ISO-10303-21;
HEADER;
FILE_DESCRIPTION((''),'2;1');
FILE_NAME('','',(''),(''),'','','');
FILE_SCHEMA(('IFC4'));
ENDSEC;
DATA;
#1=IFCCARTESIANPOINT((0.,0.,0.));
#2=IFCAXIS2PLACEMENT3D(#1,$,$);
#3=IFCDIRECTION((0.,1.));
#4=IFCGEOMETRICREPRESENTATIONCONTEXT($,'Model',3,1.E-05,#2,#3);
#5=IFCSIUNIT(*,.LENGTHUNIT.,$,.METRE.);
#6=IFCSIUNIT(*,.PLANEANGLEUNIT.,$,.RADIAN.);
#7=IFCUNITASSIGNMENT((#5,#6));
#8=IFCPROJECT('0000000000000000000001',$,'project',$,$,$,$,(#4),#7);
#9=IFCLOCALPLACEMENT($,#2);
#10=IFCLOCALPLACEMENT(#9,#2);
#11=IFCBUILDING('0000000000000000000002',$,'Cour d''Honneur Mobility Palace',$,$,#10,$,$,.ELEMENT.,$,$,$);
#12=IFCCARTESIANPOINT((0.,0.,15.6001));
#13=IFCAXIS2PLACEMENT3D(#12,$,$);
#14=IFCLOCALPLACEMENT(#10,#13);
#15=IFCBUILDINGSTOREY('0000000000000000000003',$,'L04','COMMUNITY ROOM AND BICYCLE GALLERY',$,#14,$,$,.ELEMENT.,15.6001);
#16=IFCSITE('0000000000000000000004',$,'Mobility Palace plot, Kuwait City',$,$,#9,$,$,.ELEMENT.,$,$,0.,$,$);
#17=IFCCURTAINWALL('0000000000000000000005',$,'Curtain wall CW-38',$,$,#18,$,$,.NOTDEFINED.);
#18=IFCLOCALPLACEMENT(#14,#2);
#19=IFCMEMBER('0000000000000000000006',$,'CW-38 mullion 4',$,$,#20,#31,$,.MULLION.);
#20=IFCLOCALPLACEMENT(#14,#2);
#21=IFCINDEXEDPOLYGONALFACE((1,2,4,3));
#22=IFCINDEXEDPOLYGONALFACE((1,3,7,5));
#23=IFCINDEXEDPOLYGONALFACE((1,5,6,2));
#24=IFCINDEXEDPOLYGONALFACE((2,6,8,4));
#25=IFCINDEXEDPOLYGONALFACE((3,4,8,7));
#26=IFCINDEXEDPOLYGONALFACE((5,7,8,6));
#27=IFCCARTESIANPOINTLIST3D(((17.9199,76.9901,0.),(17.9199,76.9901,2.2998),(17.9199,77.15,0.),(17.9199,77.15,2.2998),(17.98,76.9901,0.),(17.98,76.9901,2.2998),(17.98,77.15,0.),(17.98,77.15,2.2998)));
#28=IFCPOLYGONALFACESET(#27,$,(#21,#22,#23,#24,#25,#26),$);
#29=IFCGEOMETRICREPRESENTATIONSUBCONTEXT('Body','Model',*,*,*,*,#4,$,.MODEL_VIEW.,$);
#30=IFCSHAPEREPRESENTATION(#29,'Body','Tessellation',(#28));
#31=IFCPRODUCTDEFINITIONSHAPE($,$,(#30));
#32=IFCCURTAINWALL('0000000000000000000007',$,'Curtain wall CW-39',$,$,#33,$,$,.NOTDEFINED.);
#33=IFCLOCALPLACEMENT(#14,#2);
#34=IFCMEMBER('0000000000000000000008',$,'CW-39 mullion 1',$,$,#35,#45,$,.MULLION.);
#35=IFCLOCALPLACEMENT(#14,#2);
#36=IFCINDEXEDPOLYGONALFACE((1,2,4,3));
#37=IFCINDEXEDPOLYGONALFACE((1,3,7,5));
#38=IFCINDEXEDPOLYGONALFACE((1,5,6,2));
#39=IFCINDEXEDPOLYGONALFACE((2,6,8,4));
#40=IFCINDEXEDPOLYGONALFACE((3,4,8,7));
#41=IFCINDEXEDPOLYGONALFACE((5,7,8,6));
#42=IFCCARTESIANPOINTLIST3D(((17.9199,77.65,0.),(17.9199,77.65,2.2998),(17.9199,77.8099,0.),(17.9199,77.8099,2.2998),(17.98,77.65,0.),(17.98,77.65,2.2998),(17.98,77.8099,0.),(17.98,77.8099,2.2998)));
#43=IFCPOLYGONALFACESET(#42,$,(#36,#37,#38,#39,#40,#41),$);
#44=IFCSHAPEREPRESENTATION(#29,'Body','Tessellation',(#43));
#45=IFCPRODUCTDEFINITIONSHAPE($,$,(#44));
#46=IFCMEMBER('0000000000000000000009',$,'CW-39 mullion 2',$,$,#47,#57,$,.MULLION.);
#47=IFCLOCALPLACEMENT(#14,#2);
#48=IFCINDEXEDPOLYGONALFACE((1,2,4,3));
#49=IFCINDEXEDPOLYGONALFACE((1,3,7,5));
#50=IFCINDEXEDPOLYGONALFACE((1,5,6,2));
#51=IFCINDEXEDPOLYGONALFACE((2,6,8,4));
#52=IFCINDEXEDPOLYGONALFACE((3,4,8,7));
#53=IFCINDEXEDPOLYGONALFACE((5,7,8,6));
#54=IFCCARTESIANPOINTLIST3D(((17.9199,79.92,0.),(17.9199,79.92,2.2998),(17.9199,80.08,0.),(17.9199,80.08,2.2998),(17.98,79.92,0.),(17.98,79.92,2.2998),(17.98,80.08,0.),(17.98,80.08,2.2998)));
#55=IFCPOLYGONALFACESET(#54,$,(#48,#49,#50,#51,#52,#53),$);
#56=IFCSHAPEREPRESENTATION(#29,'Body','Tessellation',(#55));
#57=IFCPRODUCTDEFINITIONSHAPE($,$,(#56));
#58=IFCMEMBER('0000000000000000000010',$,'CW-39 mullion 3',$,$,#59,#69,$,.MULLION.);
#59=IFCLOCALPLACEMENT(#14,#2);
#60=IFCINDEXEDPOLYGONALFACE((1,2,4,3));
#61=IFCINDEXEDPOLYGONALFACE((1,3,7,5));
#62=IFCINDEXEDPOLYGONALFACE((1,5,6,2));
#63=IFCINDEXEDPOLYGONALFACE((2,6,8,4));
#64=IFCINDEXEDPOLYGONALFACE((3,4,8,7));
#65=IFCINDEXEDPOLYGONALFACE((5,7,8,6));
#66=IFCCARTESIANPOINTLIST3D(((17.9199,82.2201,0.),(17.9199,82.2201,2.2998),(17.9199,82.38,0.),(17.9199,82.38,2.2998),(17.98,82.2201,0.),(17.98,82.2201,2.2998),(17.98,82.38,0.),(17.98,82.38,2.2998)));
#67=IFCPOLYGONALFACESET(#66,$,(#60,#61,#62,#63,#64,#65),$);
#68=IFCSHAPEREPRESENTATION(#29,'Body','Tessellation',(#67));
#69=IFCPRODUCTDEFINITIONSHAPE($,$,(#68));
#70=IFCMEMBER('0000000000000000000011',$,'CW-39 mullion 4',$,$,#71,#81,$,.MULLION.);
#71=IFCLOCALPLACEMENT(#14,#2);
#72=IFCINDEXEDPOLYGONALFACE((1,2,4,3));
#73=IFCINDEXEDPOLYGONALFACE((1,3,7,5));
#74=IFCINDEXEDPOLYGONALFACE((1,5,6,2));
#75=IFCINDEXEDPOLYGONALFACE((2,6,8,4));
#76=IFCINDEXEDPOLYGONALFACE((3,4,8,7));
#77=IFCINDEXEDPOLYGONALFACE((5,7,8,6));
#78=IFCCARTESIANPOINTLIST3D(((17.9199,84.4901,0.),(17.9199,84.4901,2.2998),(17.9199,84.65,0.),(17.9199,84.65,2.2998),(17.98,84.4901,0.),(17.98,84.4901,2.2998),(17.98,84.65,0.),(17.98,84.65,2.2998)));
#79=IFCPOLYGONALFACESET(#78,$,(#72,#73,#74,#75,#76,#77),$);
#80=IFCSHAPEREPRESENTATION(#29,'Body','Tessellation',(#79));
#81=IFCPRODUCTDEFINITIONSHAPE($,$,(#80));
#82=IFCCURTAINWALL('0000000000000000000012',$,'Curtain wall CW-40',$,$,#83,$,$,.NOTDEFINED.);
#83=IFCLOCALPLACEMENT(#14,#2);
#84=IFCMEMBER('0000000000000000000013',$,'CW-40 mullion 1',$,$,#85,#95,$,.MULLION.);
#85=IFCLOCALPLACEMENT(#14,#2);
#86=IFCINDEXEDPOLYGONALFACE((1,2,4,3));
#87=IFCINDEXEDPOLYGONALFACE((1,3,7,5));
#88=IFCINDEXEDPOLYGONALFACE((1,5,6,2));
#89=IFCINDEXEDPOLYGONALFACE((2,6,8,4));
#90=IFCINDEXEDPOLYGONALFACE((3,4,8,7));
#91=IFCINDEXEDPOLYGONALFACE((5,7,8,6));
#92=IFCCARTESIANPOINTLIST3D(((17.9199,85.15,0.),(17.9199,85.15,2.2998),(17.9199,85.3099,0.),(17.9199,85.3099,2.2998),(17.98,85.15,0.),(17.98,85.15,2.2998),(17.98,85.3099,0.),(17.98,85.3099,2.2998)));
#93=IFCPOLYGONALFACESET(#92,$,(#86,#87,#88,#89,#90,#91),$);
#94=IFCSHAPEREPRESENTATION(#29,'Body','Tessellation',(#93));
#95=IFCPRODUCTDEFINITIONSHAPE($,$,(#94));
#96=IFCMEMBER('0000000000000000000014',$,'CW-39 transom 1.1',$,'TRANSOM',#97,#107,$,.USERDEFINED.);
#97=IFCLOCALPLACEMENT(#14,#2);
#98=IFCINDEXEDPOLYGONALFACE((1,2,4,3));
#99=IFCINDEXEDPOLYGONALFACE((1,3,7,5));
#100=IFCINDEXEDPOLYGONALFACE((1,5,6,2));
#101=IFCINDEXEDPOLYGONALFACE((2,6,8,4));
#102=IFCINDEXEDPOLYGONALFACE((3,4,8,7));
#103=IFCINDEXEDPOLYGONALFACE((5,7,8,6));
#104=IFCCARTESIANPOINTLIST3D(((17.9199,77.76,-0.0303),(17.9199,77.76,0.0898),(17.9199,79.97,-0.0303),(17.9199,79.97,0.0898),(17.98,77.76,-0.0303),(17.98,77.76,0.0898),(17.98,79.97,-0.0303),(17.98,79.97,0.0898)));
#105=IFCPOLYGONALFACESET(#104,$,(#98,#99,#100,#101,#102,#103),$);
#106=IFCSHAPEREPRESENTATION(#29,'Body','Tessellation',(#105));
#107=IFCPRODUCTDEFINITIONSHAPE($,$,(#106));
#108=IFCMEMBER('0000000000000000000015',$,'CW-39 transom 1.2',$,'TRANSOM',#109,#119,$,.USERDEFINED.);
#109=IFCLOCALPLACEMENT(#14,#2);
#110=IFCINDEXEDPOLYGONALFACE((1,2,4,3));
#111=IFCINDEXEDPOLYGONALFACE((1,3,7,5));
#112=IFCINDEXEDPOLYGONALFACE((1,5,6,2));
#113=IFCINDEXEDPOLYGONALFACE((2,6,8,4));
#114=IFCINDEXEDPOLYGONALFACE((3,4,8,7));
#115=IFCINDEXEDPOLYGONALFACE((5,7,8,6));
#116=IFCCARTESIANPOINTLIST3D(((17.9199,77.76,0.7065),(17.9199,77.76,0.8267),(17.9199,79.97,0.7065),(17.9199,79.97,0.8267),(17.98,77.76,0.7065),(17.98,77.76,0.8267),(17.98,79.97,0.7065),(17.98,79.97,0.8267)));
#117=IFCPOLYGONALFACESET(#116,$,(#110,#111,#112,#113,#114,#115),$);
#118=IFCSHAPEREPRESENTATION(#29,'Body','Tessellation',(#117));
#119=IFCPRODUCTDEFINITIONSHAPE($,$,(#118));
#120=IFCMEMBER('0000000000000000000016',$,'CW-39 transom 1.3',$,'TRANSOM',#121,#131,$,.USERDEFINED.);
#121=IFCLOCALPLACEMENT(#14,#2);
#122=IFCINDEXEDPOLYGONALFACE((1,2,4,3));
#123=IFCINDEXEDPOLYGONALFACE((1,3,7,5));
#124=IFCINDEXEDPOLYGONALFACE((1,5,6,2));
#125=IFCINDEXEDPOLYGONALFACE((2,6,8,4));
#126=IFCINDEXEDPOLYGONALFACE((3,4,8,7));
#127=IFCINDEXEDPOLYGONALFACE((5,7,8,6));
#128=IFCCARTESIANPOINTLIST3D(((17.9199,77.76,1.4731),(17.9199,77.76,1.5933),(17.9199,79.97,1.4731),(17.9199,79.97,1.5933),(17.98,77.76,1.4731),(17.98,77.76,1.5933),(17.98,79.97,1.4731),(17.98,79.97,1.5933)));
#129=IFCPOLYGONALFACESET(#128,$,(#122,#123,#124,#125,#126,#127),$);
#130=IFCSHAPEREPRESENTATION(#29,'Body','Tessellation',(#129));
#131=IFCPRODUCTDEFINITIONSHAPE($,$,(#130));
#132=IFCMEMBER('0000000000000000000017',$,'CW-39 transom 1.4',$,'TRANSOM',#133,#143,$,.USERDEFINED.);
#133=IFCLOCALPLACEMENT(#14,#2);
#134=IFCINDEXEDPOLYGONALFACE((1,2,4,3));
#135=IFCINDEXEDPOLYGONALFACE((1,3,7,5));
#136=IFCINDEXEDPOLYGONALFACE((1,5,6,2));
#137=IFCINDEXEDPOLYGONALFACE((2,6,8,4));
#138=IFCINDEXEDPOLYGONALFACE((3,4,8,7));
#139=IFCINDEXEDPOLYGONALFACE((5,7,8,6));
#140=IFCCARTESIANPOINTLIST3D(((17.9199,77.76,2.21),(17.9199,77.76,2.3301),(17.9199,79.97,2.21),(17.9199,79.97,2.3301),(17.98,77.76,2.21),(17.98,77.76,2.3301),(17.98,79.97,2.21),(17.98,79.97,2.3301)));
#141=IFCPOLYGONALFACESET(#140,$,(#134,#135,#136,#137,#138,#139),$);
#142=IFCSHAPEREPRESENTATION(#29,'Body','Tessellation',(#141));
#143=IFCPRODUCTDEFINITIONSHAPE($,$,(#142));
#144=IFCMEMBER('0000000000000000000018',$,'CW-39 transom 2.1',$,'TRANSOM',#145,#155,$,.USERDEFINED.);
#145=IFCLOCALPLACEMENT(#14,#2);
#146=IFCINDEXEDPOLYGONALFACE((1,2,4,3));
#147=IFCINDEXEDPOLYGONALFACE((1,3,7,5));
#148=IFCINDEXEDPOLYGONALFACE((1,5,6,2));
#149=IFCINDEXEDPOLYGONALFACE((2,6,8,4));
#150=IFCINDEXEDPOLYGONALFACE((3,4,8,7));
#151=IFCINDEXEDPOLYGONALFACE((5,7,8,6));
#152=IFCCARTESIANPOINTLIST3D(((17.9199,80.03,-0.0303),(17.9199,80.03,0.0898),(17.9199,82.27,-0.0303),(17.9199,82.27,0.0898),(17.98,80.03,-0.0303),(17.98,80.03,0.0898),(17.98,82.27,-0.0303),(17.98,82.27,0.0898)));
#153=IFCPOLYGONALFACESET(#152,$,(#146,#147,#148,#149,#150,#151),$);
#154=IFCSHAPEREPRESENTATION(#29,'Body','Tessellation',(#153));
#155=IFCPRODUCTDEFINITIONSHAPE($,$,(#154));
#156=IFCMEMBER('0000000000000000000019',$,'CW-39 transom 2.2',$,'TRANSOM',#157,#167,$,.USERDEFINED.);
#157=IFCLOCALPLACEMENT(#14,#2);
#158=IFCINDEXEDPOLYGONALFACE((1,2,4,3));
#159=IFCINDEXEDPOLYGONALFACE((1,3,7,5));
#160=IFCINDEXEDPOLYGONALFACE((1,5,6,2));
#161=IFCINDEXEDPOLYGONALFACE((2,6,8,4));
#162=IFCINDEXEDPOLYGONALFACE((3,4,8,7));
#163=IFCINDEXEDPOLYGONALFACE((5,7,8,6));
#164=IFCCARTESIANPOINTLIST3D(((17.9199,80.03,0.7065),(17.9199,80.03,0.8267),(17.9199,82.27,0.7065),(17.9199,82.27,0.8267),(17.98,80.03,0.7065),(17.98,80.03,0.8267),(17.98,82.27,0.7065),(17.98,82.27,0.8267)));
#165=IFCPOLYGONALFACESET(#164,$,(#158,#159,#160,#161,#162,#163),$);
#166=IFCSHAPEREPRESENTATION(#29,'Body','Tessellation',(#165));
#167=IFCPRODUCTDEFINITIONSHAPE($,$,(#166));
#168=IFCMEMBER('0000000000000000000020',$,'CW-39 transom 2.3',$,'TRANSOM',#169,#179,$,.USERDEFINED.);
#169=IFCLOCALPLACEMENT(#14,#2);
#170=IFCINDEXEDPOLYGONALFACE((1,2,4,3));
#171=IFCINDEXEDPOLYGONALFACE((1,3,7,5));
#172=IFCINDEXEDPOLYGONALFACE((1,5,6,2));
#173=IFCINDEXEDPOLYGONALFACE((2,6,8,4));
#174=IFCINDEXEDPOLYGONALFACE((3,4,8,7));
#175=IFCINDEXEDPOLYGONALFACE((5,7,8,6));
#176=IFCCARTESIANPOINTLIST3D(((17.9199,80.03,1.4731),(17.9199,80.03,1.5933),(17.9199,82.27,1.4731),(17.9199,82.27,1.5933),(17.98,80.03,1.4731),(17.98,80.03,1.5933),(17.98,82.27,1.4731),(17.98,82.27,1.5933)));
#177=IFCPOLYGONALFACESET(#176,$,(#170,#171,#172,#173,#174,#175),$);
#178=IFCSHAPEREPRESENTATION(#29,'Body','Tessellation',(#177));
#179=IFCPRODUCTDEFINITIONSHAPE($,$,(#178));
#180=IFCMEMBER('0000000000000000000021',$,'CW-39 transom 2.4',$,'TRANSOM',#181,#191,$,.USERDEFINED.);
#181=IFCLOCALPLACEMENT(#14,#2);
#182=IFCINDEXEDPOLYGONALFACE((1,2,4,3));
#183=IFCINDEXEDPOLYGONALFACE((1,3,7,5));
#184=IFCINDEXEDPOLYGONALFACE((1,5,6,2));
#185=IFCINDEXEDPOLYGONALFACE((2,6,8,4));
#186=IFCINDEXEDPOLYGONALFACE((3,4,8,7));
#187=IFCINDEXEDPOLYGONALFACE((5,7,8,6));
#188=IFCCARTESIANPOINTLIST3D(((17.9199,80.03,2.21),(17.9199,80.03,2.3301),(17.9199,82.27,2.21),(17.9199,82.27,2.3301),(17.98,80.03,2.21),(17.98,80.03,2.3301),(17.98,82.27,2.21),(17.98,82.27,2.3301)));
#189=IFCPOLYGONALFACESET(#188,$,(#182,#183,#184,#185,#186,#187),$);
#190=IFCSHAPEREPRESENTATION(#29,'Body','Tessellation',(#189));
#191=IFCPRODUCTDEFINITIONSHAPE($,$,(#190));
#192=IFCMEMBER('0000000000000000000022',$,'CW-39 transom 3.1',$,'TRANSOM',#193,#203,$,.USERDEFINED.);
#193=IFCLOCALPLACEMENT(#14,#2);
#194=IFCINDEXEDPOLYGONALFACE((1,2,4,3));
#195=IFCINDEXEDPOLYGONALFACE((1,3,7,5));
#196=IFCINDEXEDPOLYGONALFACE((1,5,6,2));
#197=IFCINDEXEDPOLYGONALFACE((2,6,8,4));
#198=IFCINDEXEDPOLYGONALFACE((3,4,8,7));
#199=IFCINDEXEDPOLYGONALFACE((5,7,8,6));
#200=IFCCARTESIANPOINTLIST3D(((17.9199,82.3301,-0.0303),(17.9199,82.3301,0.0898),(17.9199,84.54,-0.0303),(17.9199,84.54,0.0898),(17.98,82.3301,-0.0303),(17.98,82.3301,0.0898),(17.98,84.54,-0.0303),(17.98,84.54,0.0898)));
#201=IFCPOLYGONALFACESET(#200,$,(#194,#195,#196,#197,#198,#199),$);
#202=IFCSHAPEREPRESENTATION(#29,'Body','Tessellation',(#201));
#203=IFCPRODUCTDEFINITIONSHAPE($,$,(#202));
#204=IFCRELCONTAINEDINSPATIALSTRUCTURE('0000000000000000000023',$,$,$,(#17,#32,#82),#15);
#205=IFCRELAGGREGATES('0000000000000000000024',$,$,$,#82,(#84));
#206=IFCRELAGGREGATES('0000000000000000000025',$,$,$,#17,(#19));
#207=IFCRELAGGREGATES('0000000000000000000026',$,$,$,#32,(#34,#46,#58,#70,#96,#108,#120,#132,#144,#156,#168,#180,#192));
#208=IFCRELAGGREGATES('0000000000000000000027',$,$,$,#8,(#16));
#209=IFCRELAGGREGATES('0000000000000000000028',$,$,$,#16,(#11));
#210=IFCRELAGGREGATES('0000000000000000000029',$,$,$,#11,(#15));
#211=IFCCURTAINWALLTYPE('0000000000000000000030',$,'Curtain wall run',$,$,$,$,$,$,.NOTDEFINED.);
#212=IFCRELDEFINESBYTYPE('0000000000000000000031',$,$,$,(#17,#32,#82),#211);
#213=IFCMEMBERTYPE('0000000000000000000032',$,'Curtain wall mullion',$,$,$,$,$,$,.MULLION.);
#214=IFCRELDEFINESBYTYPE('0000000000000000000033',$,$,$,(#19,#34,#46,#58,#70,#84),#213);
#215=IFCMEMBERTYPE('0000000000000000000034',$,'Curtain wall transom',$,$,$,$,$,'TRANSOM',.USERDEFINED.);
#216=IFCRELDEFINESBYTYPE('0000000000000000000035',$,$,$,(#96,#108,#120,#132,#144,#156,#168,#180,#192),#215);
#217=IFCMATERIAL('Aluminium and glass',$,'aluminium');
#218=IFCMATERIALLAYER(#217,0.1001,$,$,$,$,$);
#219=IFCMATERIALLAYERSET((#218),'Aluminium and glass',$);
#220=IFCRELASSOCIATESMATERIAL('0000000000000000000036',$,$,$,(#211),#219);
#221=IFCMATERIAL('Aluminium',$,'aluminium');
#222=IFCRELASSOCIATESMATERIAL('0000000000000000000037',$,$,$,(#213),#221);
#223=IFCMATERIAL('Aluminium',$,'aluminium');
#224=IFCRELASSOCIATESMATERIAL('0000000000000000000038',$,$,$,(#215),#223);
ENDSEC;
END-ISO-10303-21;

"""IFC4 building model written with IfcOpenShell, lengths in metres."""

from ifc_helpers import new_model, si_unit, direction, frame, origin, origin_2d, place, context, subcontext, project, spatial, rectangle, extrude, material, layer, layer_set, material_profile, profile_set, type_object, element, aggregate, save


model = new_model("IFC4")

# Units and contexts
model_context = context("Model", 3, precision=1e-05, world=origin(), true_north=direction((0.0, 1.0)))
body_context = subcontext(model_context, "Body", "Model", "MODEL_VIEW")
ifc_project = project(units=[si_unit("LENGTHUNIT", "METRE"), si_unit("PLANEANGLEUNIT", "RADIAN")], contexts=[model_context])

# Site, building, storey
site_placement = place(None, origin())
site = spatial("IfcSite", under=ifc_project, at=site_placement, Name="Mobility Palace plot, Kuwait City", CompositionType="ELEMENT", RefElevation=0.0)
building_placement = place(site_placement, origin())
building = spatial("IfcBuilding", under=site, at=building_placement, Name="Cour d'Honneur Mobility Palace", CompositionType="ELEMENT")
storey_placement = place(building_placement, frame((0.0, 0.0, 15.6001)))
storey = spatial("IfcBuildingStorey", under=building, at=storey_placement, Name="L04", Description="COMMUNITY ROOM AND BICYCLE GALLERY", CompositionType="ELEMENT", Elevation=15.6001)

# Curtain wall, member
ifc_material_1 = material(Name="Aluminium and glass", Category="aluminium")
ifc_layer_1 = layer(ifc_material_1, 0.1001)
ifc_layer_set_1 = layer_set([ifc_layer_1], Name="Aluminium and glass")
curtain_wall_type = type_object("IfcCurtainWallType", Name="Curtain wall run", PredefinedType="NOTDEFINED", material=ifc_layer_set_1)
curtain_wall_1_placement = place(storey_placement, origin())
curtain_wall_1 = element("IfcCurtainWall", 1, at=curtain_wall_1_placement, inside=storey, type_object=curtain_wall_type, Name="Curtain wall CW-38", PredefinedType="NOTDEFINED")
ifc_material_2 = material(Name="Aluminium", Category="aluminium")
ifc_material_profile_1 = material_profile(ifc_material_2, rectangle(XDim=0.0601, YDim=0.1599, at=origin_2d()), Name="Curtain wall mullion")
ifc_profile_set_1 = profile_set([ifc_material_profile_1], Name="Aluminium")
member_type_1 = type_object("IfcMemberType", Name="Curtain wall mullion", PredefinedType="MULLION", material=ifc_profile_set_1)
member_1_placement = place(storey_placement, frame((17.95, 77.0701, 0.0), z_axis=(0.0, 0.0, 1.0), x_axis=(-1.0, 0.0, 0.0)))
member_1 = element("IfcMember", 2, at=member_1_placement, type_object=member_type_1, Name="CW-38 mullion 4", PredefinedType="MULLION", context=body_context, shape_type="SweptSolid", body=[
    extrude(rectangle(XDim=0.0601, YDim=0.1599, at=origin_2d()), origin(), (0.0, 0.0, 1.0), 2.2998),
])

# Curtain wall, members
curtain_wall_2_placement = place(storey_placement, origin())
curtain_wall_2 = element("IfcCurtainWall", 3, at=curtain_wall_2_placement, inside=storey, type_object=curtain_wall_type, Name="Curtain wall CW-39", PredefinedType="NOTDEFINED")
member_2_placement = place(storey_placement, frame((17.95, 77.73, 0.0), z_axis=(0.0, 0.0, 1.0), x_axis=(-1.0, 0.0, 0.0)))
member_2 = element("IfcMember", 4, at=member_2_placement, type_object=member_type_1, Name="CW-39 mullion 1", PredefinedType="MULLION", context=body_context, shape_type="SweptSolid", body=[
    extrude(rectangle(XDim=0.0601, YDim=0.1599, at=origin_2d()), origin(), (0.0, 0.0, 1.0), 2.2998),
])
member_3_placement = place(storey_placement, frame((17.95, 80.0, 0.0), z_axis=(0.0, 0.0, 1.0), x_axis=(-1.0, 0.0, 0.0)))
member_3 = element("IfcMember", 5, at=member_3_placement, type_object=member_type_1, Name="CW-39 mullion 2", PredefinedType="MULLION", context=body_context, shape_type="SweptSolid", body=[
    extrude(rectangle(XDim=0.0601, YDim=0.1599, at=origin_2d()), origin(), (0.0, 0.0, 1.0), 2.2998),
])
member_4_placement = place(storey_placement, frame((17.95, 82.3, 0.0), z_axis=(0.0, 0.0, 1.0), x_axis=(-1.0, 0.0, 0.0)))
member_4 = element("IfcMember", 6, at=member_4_placement, type_object=member_type_1, Name="CW-39 mullion 3", PredefinedType="MULLION", context=body_context, shape_type="SweptSolid", body=[
    extrude(rectangle(XDim=0.0601, YDim=0.1599, at=origin_2d()), origin(), (0.0, 0.0, 1.0), 2.2998),
])
member_5_placement = place(storey_placement, frame((17.95, 84.5701, 0.0), z_axis=(0.0, 0.0, 1.0), x_axis=(-1.0, 0.0, 0.0)))
member_5 = element("IfcMember", 7, at=member_5_placement, type_object=member_type_1, Name="CW-39 mullion 4", PredefinedType="MULLION", context=body_context, shape_type="SweptSolid", body=[
    extrude(rectangle(XDim=0.0601, YDim=0.1599, at=origin_2d()), origin(), (0.0, 0.0, 1.0), 2.2998),
])

# Curtain wall, member
curtain_wall_3_placement = place(storey_placement, origin())
curtain_wall_3 = element("IfcCurtainWall", 8, at=curtain_wall_3_placement, inside=storey, type_object=curtain_wall_type, Name="Curtain wall CW-40", PredefinedType="NOTDEFINED")
member_6_placement = place(storey_placement, frame((17.95, 85.23, 0.0), z_axis=(0.0, 0.0, 1.0), x_axis=(-1.0, 0.0, 0.0)))
member_6 = element("IfcMember", 9, at=member_6_placement, type_object=member_type_1, Name="CW-40 mullion 1", PredefinedType="MULLION", context=body_context, shape_type="SweptSolid", body=[
    extrude(rectangle(XDim=0.0601, YDim=0.1599, at=origin_2d()), origin(), (0.0, 0.0, 1.0), 2.2998),
])

# Members
ifc_material_3 = material(Name="Aluminium", Category="aluminium")
ifc_material_profile_2 = material_profile(ifc_material_3, rectangle(XDim=0.0601, YDim=0.1201, at=origin_2d()), Name="Curtain wall transom")
ifc_profile_set_2 = profile_set([ifc_material_profile_2], Name="Aluminium")
member_type_2 = type_object("IfcMemberType", Name="Curtain wall transom", ElementType="TRANSOM", PredefinedType="USERDEFINED", material=ifc_profile_set_2)
member_7_placement = place(storey_placement, frame((17.95, 77.76, 0.0298), z_axis=(0.0, 1.0, 0.0), x_axis=(-1.0, 0.0, 0.0)))
member_7 = element("IfcMember", 10, at=member_7_placement, type_object=member_type_2, Name="CW-39 transom 1.1", ObjectType="TRANSOM", PredefinedType="USERDEFINED", context=body_context, shape_type="SweptSolid", body=[
    extrude(rectangle(XDim=0.0601, YDim=0.1201, at=origin_2d()), origin(), (0.0, 0.0, 1.0), 2.21),
])
member_8_placement = place(storey_placement, frame((17.95, 77.76, 0.7666), z_axis=(0.0, 1.0, 0.0), x_axis=(-1.0, 0.0, 0.0)))
member_8 = element("IfcMember", 11, at=member_8_placement, type_object=member_type_2, Name="CW-39 transom 1.2", ObjectType="TRANSOM", PredefinedType="USERDEFINED", context=body_context, shape_type="SweptSolid", body=[
    extrude(rectangle(XDim=0.0601, YDim=0.1201, at=origin_2d()), origin(), (0.0, 0.0, 1.0), 2.21),
])
member_9_placement = place(storey_placement, frame((17.95, 77.76, 1.5332), z_axis=(0.0, 1.0, 0.0), x_axis=(-1.0, 0.0, 0.0)))
member_9 = element("IfcMember", 12, at=member_9_placement, type_object=member_type_2, Name="CW-39 transom 1.3", ObjectType="TRANSOM", PredefinedType="USERDEFINED", context=body_context, shape_type="SweptSolid", body=[
    extrude(rectangle(XDim=0.0601, YDim=0.1201, at=origin_2d()), origin(), (0.0, 0.0, 1.0), 2.21),
])
member_10_placement = place(storey_placement, frame((17.95, 77.76, 2.27), z_axis=(0.0, 1.0, 0.0), x_axis=(-1.0, 0.0, 0.0)))
member_10 = element("IfcMember", 13, at=member_10_placement, type_object=member_type_2, Name="CW-39 transom 1.4", ObjectType="TRANSOM", PredefinedType="USERDEFINED", context=body_context, shape_type="SweptSolid", body=[
    extrude(rectangle(XDim=0.0601, YDim=0.1201, at=origin_2d()), origin(), (0.0, 0.0, 1.0), 2.21),
])
member_11_placement = place(storey_placement, frame((17.95, 80.03, 0.0298), z_axis=(0.0, 1.0, 0.0), x_axis=(-1.0, 0.0, 0.0)))
member_11 = element("IfcMember", 14, at=member_11_placement, type_object=member_type_2, Name="CW-39 transom 2.1", ObjectType="TRANSOM", PredefinedType="USERDEFINED", context=body_context, shape_type="SweptSolid", body=[
    extrude(rectangle(XDim=0.0601, YDim=0.1201, at=origin_2d()), origin(), (0.0, 0.0, 1.0), 2.24),
])
member_12_placement = place(storey_placement, frame((17.95, 80.03, 0.7666), z_axis=(0.0, 1.0, 0.0), x_axis=(-1.0, 0.0, 0.0)))
member_12 = element("IfcMember", 15, at=member_12_placement, type_object=member_type_2, Name="CW-39 transom 2.2", ObjectType="TRANSOM", PredefinedType="USERDEFINED", context=body_context, shape_type="SweptSolid", body=[
    extrude(rectangle(XDim=0.0601, YDim=0.1201, at=origin_2d()), origin(), (0.0, 0.0, 1.0), 2.24),
])
member_13_placement = place(storey_placement, frame((17.95, 80.03, 1.5332), z_axis=(0.0, 1.0, 0.0), x_axis=(-1.0, 0.0, 0.0)))
member_13 = element("IfcMember", 16, at=member_13_placement, type_object=member_type_2, Name="CW-39 transom 2.3", ObjectType="TRANSOM", PredefinedType="USERDEFINED", context=body_context, shape_type="SweptSolid", body=[
    extrude(rectangle(XDim=0.0601, YDim=0.1201, at=origin_2d()), origin(), (0.0, 0.0, 1.0), 2.24),
])
member_14_placement = place(storey_placement, frame((17.95, 80.03, 2.27), z_axis=(0.0, 1.0, 0.0), x_axis=(-1.0, 0.0, 0.0)))
member_14 = element("IfcMember", 17, at=member_14_placement, type_object=member_type_2, Name="CW-39 transom 2.4", ObjectType="TRANSOM", PredefinedType="USERDEFINED", context=body_context, shape_type="SweptSolid", body=[
    extrude(rectangle(XDim=0.0601, YDim=0.1201, at=origin_2d()), origin(), (0.0, 0.0, 1.0), 2.24),
])
member_15_placement = place(storey_placement, frame((17.95, 82.3301, 0.0298), z_axis=(0.0, 1.0, 0.0), x_axis=(-1.0, 0.0, 0.0)))
member_15 = element("IfcMember", 18, at=member_15_placement, type_object=member_type_2, Name="CW-39 transom 3.1", ObjectType="TRANSOM", PredefinedType="USERDEFINED", context=body_context, shape_type="SweptSolid", body=[
    extrude(rectangle(XDim=0.0601, YDim=0.1201, at=origin_2d()), origin(), (0.0, 0.0, 1.0), 2.21),
])
aggregate(curtain_wall_3, [member_6])

aggregate(curtain_wall_1, [member_1])
aggregate(curtain_wall_2, [member_2, member_3, member_4, member_5, member_7, member_8, member_9, member_10, member_11, member_12, member_13, member_14, member_15])

save(model, "model.ifc")
